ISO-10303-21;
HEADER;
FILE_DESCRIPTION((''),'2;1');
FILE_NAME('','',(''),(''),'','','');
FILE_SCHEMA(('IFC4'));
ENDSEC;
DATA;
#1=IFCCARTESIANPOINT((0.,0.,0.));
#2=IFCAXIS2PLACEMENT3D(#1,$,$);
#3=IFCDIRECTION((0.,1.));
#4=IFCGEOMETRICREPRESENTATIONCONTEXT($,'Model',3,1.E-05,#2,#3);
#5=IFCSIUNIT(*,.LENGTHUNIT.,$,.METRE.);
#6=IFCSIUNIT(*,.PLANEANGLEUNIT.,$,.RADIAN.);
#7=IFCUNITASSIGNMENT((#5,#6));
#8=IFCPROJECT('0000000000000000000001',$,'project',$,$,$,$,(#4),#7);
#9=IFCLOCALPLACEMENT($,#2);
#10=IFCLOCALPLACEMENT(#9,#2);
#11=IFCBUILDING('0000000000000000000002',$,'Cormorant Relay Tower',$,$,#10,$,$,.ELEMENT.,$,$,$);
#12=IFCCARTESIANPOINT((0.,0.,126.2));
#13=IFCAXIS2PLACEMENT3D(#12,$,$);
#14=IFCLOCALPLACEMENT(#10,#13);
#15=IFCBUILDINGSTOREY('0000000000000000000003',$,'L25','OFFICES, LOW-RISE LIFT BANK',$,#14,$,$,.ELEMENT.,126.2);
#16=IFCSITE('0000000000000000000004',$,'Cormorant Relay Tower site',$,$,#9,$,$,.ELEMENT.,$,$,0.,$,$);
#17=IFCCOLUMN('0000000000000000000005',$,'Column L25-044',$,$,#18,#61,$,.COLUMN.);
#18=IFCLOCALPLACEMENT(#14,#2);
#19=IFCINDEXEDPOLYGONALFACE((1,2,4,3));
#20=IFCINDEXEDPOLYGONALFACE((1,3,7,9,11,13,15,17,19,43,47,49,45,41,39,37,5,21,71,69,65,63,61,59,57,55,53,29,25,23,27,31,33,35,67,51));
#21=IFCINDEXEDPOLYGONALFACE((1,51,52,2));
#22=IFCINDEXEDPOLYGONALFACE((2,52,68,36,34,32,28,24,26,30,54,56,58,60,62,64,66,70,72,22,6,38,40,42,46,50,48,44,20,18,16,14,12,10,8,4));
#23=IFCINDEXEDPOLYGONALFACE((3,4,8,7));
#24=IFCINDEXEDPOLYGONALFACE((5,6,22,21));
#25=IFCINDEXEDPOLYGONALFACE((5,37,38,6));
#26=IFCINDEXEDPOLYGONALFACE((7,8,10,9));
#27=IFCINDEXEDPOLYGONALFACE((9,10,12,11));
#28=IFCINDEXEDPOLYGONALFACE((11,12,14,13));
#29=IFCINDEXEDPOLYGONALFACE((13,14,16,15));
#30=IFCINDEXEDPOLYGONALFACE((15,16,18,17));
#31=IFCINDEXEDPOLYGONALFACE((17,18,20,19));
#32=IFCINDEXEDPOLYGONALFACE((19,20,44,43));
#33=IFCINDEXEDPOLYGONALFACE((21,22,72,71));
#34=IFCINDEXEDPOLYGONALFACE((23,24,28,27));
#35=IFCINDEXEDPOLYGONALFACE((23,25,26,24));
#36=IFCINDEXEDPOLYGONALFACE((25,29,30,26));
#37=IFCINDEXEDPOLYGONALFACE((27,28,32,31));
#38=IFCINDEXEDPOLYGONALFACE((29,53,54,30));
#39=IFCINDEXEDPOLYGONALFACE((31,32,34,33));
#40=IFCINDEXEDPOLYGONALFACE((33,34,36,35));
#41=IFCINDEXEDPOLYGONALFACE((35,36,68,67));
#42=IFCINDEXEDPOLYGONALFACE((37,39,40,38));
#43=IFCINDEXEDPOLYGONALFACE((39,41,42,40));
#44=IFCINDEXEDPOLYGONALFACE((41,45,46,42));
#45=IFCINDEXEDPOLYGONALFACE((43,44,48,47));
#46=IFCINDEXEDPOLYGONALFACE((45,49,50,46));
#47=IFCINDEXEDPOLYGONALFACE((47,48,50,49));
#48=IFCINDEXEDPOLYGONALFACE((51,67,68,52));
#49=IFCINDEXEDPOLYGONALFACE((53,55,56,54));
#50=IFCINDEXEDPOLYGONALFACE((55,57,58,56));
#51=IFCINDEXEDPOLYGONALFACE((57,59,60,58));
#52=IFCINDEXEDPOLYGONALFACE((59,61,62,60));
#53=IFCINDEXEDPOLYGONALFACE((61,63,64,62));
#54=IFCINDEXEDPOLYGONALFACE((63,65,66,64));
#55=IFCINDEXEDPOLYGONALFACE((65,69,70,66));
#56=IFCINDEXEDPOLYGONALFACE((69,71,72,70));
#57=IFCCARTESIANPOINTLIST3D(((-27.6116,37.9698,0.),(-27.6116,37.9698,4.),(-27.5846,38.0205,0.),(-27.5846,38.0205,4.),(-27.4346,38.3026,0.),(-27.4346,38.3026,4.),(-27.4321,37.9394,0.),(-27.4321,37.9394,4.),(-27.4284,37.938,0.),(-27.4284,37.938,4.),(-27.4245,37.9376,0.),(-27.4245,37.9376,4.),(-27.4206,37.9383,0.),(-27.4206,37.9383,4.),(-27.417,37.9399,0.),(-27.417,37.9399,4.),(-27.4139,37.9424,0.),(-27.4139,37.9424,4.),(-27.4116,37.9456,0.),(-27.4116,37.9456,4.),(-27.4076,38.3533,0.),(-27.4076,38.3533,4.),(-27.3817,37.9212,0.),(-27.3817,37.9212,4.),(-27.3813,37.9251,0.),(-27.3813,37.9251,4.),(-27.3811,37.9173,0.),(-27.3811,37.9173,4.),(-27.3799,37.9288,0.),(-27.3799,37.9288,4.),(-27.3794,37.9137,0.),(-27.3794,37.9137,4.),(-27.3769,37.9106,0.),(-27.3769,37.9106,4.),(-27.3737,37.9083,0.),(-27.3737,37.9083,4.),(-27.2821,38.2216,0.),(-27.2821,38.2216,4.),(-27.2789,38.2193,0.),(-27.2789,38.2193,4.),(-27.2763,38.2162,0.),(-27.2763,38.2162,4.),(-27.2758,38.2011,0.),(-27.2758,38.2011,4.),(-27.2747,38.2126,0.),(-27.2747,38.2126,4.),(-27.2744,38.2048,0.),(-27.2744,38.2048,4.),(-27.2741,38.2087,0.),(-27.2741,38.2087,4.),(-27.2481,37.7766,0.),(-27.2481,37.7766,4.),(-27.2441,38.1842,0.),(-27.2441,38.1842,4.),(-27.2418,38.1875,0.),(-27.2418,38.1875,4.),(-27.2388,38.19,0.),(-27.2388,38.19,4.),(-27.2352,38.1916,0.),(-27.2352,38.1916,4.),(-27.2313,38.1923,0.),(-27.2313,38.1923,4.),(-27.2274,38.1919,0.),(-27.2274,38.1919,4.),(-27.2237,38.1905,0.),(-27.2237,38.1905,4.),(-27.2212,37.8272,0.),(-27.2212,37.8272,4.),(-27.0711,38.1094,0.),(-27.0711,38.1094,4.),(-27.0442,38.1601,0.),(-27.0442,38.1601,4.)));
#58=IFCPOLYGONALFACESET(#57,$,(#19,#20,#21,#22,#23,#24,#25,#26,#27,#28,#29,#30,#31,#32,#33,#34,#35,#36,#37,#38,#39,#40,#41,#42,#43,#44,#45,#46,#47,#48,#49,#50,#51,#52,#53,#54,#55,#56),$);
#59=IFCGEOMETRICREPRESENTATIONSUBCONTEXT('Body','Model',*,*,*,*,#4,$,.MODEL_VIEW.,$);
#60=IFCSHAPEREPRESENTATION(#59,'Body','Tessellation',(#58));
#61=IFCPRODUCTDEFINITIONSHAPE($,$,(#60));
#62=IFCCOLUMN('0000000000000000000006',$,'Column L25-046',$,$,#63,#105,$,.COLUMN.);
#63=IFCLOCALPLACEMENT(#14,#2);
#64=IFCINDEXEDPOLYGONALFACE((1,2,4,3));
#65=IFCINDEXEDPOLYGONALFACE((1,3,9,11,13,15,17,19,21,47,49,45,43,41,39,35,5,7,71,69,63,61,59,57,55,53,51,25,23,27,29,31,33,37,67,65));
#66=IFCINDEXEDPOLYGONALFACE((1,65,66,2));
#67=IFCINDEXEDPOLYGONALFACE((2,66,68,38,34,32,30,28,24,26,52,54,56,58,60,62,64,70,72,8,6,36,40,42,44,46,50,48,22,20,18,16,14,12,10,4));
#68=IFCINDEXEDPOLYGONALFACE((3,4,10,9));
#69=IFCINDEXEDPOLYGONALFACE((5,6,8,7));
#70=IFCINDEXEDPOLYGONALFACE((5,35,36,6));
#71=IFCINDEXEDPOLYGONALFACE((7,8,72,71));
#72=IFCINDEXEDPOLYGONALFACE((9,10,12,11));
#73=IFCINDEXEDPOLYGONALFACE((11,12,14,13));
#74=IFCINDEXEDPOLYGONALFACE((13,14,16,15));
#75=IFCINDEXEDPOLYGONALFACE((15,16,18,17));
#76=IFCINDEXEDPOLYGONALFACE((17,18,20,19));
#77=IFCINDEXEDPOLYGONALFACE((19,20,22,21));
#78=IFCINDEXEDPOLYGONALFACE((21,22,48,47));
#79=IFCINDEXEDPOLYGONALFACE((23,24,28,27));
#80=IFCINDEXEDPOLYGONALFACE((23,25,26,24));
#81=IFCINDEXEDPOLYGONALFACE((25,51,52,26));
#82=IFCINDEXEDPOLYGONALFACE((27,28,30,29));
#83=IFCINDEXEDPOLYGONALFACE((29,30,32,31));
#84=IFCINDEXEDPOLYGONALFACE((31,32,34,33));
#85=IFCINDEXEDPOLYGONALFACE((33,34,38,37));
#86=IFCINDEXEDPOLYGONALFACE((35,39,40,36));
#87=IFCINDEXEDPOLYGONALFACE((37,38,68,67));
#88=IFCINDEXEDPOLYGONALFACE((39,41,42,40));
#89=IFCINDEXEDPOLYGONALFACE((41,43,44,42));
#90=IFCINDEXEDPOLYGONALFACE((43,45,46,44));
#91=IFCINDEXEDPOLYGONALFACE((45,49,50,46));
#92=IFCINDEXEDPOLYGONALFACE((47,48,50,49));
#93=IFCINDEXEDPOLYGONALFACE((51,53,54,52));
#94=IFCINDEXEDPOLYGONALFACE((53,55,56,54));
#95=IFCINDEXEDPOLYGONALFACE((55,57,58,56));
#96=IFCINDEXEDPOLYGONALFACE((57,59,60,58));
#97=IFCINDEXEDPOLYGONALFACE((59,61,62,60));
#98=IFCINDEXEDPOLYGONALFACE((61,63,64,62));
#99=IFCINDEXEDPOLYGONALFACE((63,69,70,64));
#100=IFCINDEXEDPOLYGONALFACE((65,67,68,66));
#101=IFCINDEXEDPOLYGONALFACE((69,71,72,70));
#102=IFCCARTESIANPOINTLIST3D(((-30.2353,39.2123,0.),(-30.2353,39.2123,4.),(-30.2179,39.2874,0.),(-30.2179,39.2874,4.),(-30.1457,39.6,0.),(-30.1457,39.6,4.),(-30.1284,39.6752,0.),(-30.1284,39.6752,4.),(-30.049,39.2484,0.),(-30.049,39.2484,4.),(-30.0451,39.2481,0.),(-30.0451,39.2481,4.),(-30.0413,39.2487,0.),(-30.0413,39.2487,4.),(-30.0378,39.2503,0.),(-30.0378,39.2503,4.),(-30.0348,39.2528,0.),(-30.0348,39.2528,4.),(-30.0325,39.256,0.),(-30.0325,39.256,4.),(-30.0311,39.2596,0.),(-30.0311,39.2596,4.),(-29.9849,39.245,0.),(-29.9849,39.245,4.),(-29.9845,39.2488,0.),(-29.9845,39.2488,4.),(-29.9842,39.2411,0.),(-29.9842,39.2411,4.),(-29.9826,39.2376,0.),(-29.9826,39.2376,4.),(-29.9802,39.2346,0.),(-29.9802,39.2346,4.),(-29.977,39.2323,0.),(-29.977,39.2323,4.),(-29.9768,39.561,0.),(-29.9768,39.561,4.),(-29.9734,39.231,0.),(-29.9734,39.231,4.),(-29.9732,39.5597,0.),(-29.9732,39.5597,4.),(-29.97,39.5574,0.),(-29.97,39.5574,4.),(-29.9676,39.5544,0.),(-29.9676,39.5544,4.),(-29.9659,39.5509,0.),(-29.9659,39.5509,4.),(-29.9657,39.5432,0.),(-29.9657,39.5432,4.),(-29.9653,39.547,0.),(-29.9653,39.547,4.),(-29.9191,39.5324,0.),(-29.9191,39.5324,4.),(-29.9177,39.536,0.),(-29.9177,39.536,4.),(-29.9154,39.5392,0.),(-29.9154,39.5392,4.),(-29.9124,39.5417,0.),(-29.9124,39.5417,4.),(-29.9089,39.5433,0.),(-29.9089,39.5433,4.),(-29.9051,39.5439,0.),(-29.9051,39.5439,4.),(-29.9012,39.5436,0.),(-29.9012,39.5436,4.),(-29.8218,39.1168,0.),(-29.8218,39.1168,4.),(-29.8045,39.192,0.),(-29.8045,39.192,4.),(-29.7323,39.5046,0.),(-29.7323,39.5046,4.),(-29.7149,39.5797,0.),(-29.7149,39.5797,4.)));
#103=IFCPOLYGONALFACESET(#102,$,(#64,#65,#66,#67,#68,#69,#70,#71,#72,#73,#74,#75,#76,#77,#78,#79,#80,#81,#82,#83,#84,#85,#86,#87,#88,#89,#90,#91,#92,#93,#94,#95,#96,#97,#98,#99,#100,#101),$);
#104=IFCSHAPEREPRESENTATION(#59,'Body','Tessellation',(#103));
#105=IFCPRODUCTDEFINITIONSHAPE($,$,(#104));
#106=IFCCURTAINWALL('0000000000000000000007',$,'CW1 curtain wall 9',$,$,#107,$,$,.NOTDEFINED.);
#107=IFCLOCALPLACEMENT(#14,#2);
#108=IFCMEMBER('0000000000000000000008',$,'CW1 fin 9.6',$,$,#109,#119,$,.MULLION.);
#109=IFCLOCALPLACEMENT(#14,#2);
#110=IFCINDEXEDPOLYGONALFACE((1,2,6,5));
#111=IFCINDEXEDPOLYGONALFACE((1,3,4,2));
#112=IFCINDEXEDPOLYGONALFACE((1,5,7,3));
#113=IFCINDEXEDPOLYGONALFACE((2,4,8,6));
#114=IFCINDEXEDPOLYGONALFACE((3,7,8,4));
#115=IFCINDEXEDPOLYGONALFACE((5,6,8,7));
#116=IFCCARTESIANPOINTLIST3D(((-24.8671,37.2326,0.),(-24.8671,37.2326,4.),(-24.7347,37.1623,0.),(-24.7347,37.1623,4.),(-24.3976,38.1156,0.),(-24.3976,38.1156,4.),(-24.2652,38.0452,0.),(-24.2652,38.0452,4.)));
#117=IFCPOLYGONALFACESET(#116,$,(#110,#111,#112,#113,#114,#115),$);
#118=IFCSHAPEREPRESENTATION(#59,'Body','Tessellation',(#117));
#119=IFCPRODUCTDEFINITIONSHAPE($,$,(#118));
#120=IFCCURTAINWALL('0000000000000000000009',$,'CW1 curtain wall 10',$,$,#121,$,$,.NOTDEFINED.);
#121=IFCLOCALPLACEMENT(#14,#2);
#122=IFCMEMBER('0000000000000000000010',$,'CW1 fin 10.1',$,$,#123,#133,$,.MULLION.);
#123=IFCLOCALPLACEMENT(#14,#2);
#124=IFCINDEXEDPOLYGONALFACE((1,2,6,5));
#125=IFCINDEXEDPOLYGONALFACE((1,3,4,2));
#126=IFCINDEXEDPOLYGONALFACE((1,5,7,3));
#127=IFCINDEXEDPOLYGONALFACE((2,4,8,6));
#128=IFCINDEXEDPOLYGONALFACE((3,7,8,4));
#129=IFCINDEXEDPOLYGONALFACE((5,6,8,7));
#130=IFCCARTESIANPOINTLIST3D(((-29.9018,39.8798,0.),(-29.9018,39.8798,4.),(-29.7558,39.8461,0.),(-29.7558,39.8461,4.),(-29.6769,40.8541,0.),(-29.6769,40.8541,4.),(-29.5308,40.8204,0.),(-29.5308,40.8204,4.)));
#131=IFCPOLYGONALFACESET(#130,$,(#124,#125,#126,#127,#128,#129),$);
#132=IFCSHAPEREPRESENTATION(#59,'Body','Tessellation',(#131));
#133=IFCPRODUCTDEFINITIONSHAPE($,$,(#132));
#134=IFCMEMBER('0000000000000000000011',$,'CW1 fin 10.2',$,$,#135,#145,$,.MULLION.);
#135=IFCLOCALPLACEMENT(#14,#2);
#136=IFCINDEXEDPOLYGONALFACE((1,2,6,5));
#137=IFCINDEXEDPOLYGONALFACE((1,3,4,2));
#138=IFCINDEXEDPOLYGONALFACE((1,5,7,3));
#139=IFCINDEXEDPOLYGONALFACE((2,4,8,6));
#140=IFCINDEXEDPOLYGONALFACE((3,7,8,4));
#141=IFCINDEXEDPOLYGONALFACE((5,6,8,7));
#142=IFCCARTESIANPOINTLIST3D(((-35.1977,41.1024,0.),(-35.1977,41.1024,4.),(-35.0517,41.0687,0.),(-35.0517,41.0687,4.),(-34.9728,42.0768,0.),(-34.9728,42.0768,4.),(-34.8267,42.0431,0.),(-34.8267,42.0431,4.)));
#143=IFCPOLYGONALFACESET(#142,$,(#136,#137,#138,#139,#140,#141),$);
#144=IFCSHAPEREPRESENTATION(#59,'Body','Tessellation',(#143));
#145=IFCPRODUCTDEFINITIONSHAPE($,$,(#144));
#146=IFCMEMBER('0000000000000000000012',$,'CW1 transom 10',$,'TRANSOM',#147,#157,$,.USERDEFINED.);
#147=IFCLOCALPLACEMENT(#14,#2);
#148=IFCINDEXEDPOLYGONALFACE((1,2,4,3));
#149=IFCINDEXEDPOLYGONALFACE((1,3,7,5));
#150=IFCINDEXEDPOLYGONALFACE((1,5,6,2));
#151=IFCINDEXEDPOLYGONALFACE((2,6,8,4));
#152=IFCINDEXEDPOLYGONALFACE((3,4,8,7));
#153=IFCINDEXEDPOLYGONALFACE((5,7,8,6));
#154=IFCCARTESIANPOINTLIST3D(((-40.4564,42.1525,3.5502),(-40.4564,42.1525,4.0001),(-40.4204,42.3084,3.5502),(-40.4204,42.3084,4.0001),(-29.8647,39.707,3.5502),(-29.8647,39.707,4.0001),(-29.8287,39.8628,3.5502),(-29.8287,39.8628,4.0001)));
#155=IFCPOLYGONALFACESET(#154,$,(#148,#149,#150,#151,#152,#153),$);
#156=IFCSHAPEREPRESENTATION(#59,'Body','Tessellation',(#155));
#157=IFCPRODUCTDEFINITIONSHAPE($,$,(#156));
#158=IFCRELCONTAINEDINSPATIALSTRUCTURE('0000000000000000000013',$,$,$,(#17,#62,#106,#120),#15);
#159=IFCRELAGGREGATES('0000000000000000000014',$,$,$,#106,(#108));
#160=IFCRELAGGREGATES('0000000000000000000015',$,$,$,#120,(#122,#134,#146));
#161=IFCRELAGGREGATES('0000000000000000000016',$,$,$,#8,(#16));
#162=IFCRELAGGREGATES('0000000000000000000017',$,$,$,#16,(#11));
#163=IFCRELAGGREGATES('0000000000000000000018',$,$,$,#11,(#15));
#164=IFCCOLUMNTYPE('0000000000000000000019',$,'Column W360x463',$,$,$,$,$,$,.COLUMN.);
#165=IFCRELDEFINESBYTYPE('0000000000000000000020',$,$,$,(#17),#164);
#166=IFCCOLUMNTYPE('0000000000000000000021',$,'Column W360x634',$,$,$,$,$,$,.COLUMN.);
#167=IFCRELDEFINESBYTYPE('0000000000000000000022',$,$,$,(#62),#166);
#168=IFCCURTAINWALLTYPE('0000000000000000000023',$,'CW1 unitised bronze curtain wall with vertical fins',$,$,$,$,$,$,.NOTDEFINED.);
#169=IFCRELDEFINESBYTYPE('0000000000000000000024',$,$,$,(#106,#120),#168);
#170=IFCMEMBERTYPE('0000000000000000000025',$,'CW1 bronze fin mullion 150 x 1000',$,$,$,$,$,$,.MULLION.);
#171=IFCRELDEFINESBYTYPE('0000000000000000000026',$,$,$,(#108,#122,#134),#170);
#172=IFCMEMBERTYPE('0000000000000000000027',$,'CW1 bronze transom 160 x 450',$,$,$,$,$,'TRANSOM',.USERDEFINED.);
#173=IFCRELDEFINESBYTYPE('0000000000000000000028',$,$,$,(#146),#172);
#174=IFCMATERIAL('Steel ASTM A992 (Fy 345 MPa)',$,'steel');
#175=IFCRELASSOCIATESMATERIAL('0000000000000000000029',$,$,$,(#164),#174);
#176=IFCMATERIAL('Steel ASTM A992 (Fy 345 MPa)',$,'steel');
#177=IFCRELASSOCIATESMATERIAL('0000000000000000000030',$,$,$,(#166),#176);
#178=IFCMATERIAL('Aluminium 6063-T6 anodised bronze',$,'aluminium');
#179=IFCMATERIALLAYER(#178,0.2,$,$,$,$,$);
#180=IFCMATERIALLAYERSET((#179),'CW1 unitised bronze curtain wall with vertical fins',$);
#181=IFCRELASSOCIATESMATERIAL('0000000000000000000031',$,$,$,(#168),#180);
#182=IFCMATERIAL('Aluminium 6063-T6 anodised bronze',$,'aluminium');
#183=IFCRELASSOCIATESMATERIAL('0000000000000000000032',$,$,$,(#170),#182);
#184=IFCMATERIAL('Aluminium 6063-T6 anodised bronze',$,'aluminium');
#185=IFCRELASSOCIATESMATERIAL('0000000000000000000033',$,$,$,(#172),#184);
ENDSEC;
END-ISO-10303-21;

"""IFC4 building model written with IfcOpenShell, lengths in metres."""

from ifc_helpers import new_model, si_unit, direction, frame, origin, origin_2d, place, context, subcontext, project, spatial, rectangle, i_section, extrude, material, layer, layer_set, material_profile, profile_set, type_object, element, aggregate, save


model = new_model("IFC4")

# Units and contexts
model_context = context("Model", 3, precision=1e-05, world=origin(), true_north=direction((0.0, 1.0)))
body_context = subcontext(model_context, "Body", "Model", "MODEL_VIEW")
ifc_project = project(units=[si_unit("LENGTHUNIT", "METRE"), si_unit("PLANEANGLEUNIT", "RADIAN")], contexts=[model_context])

# Site, building, storey
site_placement = place(None, origin())
site = spatial("IfcSite", under=ifc_project, at=site_placement, Name="Cormorant Relay Tower site", CompositionType="ELEMENT", RefElevation=0.0)
building_placement = place(site_placement, origin())
building = spatial("IfcBuilding", under=site, at=building_placement, Name="Cormorant Relay Tower", CompositionType="ELEMENT")
storey_placement = place(building_placement, frame((0.0, 0.0, 126.2)))
storey = spatial("IfcBuildingStorey", under=building, at=storey_placement, Name="L25", Description="OFFICES, LOW-RISE LIFT BANK", CompositionType="ELEMENT", Elevation=126.2)

# Columns
ifc_material_1 = material(Name="Steel ASTM A992 (Fy 345 MPa)", Category="steel")
ifc_material_profile_1 = material_profile(ifc_material_1, i_section(OverallWidth=0.4116, OverallDepth=0.4343, WebThickness=0.0359, FlangeThickness=0.0574, FilletRadius=0.0151, at=origin_2d()), Name="W360x463")
ifc_profile_set_1 = profile_set([ifc_material_profile_1], Name="Steel ASTM A992 (Fy 345 MPa)")
column_type_1 = type_object("IfcColumnType", Name="Column W360x463", PredefinedType="COLUMN", material=ifc_profile_set_1)
column_1_placement = place(storey_placement, frame((-27.3279, 38.0649, 0.0), z_axis=(0.0, 0.0, 1.0), x_axis=(-0.882948, 0.469472, 0.0)))
element("IfcColumn", 1, at=column_1_placement, inside=storey, type_object=column_type_1, Name="Column L25-044", PredefinedType="COLUMN", context=body_context, shape_type="SweptSolid", body=[
    extrude(i_section(OverallWidth=0.4116, OverallDepth=0.4343, WebThickness=0.0359, FlangeThickness=0.0574, FilletRadius=0.0151, at=origin_2d()), origin(), (0.0, 0.0, 1.0), 4.0),
])
ifc_material_2 = material(Name="Steel ASTM A992 (Fy 345 MPa)", Category="steel")
ifc_material_profile_2 = material_profile(ifc_material_2, i_section(OverallWidth=0.4243, OverallDepth=0.4751, WebThickness=0.0479, FlangeThickness=0.0771, FilletRadius=0.0149, at=origin_2d()), Name="W360x634")
ifc_profile_set_2 = profile_set([ifc_material_profile_2], Name="Steel ASTM A992 (Fy 345 MPa)")
column_type_2 = type_object("IfcColumnType", Name="Column W360x634", PredefinedType="COLUMN", material=ifc_profile_set_2)
column_2_placement = place(storey_placement, frame((-29.9751, 39.396, 0.0), z_axis=(0.0, 0.0, 1.0), x_axis=(-0.97437, 0.224951, 0.0)))
element("IfcColumn", 2, at=column_2_placement, inside=storey, type_object=column_type_2, Name="Column L25-046", PredefinedType="COLUMN", context=body_context, shape_type="SweptSolid", body=[
    extrude(i_section(OverallWidth=0.4243, OverallDepth=0.4751, WebThickness=0.0479, FlangeThickness=0.0771, FilletRadius=0.0149, at=origin_2d()), origin(), (0.0, 0.0, 1.0), 4.0),
])

# Curtain wall, member
ifc_material_3 = material(Name="Aluminium 6063-T6 anodised bronze", Category="aluminium")
ifc_layer_1 = layer(ifc_material_3, 0.2)
ifc_layer_set_1 = layer_set([ifc_layer_1], Name="CW1 unitised bronze curtain wall with vertical fins")
curtain_wall_type = type_object("IfcCurtainWallType", Name="CW1 unitised bronze curtain wall with vertical fins", PredefinedType="NOTDEFINED", material=ifc_layer_set_1)
curtain_wall_1_placement = place(storey_placement, origin())
curtain_wall_1 = element("IfcCurtainWall", 3, at=curtain_wall_1_placement, inside=storey, type_object=curtain_wall_type, Name="CW1 curtain wall 9", PredefinedType="NOTDEFINED")
ifc_material_4 = material(Name="Aluminium 6063-T6 anodised bronze", Category="aluminium")
ifc_material_profile_3 = material_profile(ifc_material_4, rectangle(XDim=0.1499, YDim=1.0, at=origin_2d()), Name="AL 150x1000")
ifc_profile_set_3 = profile_set([ifc_material_profile_3], Name="Aluminium 6063-T6 anodised bronze")
member_type_1 = type_object("IfcMemberType", Name="CW1 bronze fin mullion 150 x 1000", PredefinedType="MULLION", material=ifc_profile_set_3)
member_1_placement = place(storey_placement, frame((-24.5662, 37.6389, 0.0), z_axis=(0.0, 0.0, 1.0), x_axis=(-0.882948, 0.469472, 0.0)))
member_1 = element("IfcMember", 4, at=member_1_placement, type_object=member_type_1, Name="CW1 fin 9.6", PredefinedType="MULLION", context=body_context, shape_type="SweptSolid", body=[
    extrude(rectangle(XDim=0.1499, YDim=1.0, at=origin_2d()), origin(), (0.0, 0.0, 1.0), 4.0),
])

# Curtain wall, members
curtain_wall_2_placement = place(storey_placement, origin())
curtain_wall_2 = element("IfcCurtainWall", 5, at=curtain_wall_2_placement, inside=storey, type_object=curtain_wall_type, Name="CW1 curtain wall 10", PredefinedType="NOTDEFINED")
member_2_placement = place(storey_placement, frame((-29.7163, 40.3501, 0.0), z_axis=(0.0, 0.0, 1.0), x_axis=(-0.97437, 0.224951, 0.0)))
member_2 = element("IfcMember", 6, at=member_2_placement, type_object=member_type_1, Name="CW1 fin 10.1", PredefinedType="MULLION", context=body_context, shape_type="SweptSolid", body=[
    extrude(rectangle(XDim=0.1499, YDim=1.0, at=origin_2d()), origin(), (0.0, 0.0, 1.0), 4.0),
])
member_3_placement = place(storey_placement, frame((-35.0122, 41.5728, 0.0), z_axis=(0.0, 0.0, 1.0), x_axis=(-0.97437, 0.224951, 0.0)))
member_3 = element("IfcMember", 7, at=member_3_placement, type_object=member_type_1, Name="CW1 fin 10.2", PredefinedType="MULLION", context=body_context, shape_type="SweptSolid", body=[
    extrude(rectangle(XDim=0.1499, YDim=1.0, at=origin_2d()), origin(), (0.0, 0.0, 1.0), 4.0),
])
ifc_material_5 = material(Name="Aluminium 6063-T6 anodised bronze", Category="aluminium")
ifc_material_profile_4 = material_profile(ifc_material_5, rectangle(XDim=0.1599, YDim=0.45, at=origin_2d()), Name="AL 160x450")
ifc_profile_set_4 = profile_set([ifc_material_profile_4], Name="Aluminium 6063-T6 anodised bronze")
member_type_2 = type_object("IfcMemberType", Name="CW1 bronze transom 160 x 450", ElementType="TRANSOM", PredefinedType="USERDEFINED", material=ifc_profile_set_4)
member_4_placement = place(storey_placement, frame((-29.8467, 39.7849, 3.7751), z_axis=(-0.974365, 0.224973, 0.0), x_axis=(-0.224973, -0.974365, 0.0)))
member_4 = element("IfcMember", 8, at=member_4_placement, type_object=member_type_2, Name="CW1 transom 10", ObjectType="TRANSOM", PredefinedType="USERDEFINED", context=body_context, shape_type="SweptSolid", body=[
    extrude(rectangle(XDim=0.1599, YDim=0.45, at=origin_2d()), origin(), (0.0, 0.0, 1.0), 10.8704),
])

aggregate(curtain_wall_1, [member_1])
aggregate(curtain_wall_2, [member_2, member_3, member_4])

save(model, "model.ifc")
